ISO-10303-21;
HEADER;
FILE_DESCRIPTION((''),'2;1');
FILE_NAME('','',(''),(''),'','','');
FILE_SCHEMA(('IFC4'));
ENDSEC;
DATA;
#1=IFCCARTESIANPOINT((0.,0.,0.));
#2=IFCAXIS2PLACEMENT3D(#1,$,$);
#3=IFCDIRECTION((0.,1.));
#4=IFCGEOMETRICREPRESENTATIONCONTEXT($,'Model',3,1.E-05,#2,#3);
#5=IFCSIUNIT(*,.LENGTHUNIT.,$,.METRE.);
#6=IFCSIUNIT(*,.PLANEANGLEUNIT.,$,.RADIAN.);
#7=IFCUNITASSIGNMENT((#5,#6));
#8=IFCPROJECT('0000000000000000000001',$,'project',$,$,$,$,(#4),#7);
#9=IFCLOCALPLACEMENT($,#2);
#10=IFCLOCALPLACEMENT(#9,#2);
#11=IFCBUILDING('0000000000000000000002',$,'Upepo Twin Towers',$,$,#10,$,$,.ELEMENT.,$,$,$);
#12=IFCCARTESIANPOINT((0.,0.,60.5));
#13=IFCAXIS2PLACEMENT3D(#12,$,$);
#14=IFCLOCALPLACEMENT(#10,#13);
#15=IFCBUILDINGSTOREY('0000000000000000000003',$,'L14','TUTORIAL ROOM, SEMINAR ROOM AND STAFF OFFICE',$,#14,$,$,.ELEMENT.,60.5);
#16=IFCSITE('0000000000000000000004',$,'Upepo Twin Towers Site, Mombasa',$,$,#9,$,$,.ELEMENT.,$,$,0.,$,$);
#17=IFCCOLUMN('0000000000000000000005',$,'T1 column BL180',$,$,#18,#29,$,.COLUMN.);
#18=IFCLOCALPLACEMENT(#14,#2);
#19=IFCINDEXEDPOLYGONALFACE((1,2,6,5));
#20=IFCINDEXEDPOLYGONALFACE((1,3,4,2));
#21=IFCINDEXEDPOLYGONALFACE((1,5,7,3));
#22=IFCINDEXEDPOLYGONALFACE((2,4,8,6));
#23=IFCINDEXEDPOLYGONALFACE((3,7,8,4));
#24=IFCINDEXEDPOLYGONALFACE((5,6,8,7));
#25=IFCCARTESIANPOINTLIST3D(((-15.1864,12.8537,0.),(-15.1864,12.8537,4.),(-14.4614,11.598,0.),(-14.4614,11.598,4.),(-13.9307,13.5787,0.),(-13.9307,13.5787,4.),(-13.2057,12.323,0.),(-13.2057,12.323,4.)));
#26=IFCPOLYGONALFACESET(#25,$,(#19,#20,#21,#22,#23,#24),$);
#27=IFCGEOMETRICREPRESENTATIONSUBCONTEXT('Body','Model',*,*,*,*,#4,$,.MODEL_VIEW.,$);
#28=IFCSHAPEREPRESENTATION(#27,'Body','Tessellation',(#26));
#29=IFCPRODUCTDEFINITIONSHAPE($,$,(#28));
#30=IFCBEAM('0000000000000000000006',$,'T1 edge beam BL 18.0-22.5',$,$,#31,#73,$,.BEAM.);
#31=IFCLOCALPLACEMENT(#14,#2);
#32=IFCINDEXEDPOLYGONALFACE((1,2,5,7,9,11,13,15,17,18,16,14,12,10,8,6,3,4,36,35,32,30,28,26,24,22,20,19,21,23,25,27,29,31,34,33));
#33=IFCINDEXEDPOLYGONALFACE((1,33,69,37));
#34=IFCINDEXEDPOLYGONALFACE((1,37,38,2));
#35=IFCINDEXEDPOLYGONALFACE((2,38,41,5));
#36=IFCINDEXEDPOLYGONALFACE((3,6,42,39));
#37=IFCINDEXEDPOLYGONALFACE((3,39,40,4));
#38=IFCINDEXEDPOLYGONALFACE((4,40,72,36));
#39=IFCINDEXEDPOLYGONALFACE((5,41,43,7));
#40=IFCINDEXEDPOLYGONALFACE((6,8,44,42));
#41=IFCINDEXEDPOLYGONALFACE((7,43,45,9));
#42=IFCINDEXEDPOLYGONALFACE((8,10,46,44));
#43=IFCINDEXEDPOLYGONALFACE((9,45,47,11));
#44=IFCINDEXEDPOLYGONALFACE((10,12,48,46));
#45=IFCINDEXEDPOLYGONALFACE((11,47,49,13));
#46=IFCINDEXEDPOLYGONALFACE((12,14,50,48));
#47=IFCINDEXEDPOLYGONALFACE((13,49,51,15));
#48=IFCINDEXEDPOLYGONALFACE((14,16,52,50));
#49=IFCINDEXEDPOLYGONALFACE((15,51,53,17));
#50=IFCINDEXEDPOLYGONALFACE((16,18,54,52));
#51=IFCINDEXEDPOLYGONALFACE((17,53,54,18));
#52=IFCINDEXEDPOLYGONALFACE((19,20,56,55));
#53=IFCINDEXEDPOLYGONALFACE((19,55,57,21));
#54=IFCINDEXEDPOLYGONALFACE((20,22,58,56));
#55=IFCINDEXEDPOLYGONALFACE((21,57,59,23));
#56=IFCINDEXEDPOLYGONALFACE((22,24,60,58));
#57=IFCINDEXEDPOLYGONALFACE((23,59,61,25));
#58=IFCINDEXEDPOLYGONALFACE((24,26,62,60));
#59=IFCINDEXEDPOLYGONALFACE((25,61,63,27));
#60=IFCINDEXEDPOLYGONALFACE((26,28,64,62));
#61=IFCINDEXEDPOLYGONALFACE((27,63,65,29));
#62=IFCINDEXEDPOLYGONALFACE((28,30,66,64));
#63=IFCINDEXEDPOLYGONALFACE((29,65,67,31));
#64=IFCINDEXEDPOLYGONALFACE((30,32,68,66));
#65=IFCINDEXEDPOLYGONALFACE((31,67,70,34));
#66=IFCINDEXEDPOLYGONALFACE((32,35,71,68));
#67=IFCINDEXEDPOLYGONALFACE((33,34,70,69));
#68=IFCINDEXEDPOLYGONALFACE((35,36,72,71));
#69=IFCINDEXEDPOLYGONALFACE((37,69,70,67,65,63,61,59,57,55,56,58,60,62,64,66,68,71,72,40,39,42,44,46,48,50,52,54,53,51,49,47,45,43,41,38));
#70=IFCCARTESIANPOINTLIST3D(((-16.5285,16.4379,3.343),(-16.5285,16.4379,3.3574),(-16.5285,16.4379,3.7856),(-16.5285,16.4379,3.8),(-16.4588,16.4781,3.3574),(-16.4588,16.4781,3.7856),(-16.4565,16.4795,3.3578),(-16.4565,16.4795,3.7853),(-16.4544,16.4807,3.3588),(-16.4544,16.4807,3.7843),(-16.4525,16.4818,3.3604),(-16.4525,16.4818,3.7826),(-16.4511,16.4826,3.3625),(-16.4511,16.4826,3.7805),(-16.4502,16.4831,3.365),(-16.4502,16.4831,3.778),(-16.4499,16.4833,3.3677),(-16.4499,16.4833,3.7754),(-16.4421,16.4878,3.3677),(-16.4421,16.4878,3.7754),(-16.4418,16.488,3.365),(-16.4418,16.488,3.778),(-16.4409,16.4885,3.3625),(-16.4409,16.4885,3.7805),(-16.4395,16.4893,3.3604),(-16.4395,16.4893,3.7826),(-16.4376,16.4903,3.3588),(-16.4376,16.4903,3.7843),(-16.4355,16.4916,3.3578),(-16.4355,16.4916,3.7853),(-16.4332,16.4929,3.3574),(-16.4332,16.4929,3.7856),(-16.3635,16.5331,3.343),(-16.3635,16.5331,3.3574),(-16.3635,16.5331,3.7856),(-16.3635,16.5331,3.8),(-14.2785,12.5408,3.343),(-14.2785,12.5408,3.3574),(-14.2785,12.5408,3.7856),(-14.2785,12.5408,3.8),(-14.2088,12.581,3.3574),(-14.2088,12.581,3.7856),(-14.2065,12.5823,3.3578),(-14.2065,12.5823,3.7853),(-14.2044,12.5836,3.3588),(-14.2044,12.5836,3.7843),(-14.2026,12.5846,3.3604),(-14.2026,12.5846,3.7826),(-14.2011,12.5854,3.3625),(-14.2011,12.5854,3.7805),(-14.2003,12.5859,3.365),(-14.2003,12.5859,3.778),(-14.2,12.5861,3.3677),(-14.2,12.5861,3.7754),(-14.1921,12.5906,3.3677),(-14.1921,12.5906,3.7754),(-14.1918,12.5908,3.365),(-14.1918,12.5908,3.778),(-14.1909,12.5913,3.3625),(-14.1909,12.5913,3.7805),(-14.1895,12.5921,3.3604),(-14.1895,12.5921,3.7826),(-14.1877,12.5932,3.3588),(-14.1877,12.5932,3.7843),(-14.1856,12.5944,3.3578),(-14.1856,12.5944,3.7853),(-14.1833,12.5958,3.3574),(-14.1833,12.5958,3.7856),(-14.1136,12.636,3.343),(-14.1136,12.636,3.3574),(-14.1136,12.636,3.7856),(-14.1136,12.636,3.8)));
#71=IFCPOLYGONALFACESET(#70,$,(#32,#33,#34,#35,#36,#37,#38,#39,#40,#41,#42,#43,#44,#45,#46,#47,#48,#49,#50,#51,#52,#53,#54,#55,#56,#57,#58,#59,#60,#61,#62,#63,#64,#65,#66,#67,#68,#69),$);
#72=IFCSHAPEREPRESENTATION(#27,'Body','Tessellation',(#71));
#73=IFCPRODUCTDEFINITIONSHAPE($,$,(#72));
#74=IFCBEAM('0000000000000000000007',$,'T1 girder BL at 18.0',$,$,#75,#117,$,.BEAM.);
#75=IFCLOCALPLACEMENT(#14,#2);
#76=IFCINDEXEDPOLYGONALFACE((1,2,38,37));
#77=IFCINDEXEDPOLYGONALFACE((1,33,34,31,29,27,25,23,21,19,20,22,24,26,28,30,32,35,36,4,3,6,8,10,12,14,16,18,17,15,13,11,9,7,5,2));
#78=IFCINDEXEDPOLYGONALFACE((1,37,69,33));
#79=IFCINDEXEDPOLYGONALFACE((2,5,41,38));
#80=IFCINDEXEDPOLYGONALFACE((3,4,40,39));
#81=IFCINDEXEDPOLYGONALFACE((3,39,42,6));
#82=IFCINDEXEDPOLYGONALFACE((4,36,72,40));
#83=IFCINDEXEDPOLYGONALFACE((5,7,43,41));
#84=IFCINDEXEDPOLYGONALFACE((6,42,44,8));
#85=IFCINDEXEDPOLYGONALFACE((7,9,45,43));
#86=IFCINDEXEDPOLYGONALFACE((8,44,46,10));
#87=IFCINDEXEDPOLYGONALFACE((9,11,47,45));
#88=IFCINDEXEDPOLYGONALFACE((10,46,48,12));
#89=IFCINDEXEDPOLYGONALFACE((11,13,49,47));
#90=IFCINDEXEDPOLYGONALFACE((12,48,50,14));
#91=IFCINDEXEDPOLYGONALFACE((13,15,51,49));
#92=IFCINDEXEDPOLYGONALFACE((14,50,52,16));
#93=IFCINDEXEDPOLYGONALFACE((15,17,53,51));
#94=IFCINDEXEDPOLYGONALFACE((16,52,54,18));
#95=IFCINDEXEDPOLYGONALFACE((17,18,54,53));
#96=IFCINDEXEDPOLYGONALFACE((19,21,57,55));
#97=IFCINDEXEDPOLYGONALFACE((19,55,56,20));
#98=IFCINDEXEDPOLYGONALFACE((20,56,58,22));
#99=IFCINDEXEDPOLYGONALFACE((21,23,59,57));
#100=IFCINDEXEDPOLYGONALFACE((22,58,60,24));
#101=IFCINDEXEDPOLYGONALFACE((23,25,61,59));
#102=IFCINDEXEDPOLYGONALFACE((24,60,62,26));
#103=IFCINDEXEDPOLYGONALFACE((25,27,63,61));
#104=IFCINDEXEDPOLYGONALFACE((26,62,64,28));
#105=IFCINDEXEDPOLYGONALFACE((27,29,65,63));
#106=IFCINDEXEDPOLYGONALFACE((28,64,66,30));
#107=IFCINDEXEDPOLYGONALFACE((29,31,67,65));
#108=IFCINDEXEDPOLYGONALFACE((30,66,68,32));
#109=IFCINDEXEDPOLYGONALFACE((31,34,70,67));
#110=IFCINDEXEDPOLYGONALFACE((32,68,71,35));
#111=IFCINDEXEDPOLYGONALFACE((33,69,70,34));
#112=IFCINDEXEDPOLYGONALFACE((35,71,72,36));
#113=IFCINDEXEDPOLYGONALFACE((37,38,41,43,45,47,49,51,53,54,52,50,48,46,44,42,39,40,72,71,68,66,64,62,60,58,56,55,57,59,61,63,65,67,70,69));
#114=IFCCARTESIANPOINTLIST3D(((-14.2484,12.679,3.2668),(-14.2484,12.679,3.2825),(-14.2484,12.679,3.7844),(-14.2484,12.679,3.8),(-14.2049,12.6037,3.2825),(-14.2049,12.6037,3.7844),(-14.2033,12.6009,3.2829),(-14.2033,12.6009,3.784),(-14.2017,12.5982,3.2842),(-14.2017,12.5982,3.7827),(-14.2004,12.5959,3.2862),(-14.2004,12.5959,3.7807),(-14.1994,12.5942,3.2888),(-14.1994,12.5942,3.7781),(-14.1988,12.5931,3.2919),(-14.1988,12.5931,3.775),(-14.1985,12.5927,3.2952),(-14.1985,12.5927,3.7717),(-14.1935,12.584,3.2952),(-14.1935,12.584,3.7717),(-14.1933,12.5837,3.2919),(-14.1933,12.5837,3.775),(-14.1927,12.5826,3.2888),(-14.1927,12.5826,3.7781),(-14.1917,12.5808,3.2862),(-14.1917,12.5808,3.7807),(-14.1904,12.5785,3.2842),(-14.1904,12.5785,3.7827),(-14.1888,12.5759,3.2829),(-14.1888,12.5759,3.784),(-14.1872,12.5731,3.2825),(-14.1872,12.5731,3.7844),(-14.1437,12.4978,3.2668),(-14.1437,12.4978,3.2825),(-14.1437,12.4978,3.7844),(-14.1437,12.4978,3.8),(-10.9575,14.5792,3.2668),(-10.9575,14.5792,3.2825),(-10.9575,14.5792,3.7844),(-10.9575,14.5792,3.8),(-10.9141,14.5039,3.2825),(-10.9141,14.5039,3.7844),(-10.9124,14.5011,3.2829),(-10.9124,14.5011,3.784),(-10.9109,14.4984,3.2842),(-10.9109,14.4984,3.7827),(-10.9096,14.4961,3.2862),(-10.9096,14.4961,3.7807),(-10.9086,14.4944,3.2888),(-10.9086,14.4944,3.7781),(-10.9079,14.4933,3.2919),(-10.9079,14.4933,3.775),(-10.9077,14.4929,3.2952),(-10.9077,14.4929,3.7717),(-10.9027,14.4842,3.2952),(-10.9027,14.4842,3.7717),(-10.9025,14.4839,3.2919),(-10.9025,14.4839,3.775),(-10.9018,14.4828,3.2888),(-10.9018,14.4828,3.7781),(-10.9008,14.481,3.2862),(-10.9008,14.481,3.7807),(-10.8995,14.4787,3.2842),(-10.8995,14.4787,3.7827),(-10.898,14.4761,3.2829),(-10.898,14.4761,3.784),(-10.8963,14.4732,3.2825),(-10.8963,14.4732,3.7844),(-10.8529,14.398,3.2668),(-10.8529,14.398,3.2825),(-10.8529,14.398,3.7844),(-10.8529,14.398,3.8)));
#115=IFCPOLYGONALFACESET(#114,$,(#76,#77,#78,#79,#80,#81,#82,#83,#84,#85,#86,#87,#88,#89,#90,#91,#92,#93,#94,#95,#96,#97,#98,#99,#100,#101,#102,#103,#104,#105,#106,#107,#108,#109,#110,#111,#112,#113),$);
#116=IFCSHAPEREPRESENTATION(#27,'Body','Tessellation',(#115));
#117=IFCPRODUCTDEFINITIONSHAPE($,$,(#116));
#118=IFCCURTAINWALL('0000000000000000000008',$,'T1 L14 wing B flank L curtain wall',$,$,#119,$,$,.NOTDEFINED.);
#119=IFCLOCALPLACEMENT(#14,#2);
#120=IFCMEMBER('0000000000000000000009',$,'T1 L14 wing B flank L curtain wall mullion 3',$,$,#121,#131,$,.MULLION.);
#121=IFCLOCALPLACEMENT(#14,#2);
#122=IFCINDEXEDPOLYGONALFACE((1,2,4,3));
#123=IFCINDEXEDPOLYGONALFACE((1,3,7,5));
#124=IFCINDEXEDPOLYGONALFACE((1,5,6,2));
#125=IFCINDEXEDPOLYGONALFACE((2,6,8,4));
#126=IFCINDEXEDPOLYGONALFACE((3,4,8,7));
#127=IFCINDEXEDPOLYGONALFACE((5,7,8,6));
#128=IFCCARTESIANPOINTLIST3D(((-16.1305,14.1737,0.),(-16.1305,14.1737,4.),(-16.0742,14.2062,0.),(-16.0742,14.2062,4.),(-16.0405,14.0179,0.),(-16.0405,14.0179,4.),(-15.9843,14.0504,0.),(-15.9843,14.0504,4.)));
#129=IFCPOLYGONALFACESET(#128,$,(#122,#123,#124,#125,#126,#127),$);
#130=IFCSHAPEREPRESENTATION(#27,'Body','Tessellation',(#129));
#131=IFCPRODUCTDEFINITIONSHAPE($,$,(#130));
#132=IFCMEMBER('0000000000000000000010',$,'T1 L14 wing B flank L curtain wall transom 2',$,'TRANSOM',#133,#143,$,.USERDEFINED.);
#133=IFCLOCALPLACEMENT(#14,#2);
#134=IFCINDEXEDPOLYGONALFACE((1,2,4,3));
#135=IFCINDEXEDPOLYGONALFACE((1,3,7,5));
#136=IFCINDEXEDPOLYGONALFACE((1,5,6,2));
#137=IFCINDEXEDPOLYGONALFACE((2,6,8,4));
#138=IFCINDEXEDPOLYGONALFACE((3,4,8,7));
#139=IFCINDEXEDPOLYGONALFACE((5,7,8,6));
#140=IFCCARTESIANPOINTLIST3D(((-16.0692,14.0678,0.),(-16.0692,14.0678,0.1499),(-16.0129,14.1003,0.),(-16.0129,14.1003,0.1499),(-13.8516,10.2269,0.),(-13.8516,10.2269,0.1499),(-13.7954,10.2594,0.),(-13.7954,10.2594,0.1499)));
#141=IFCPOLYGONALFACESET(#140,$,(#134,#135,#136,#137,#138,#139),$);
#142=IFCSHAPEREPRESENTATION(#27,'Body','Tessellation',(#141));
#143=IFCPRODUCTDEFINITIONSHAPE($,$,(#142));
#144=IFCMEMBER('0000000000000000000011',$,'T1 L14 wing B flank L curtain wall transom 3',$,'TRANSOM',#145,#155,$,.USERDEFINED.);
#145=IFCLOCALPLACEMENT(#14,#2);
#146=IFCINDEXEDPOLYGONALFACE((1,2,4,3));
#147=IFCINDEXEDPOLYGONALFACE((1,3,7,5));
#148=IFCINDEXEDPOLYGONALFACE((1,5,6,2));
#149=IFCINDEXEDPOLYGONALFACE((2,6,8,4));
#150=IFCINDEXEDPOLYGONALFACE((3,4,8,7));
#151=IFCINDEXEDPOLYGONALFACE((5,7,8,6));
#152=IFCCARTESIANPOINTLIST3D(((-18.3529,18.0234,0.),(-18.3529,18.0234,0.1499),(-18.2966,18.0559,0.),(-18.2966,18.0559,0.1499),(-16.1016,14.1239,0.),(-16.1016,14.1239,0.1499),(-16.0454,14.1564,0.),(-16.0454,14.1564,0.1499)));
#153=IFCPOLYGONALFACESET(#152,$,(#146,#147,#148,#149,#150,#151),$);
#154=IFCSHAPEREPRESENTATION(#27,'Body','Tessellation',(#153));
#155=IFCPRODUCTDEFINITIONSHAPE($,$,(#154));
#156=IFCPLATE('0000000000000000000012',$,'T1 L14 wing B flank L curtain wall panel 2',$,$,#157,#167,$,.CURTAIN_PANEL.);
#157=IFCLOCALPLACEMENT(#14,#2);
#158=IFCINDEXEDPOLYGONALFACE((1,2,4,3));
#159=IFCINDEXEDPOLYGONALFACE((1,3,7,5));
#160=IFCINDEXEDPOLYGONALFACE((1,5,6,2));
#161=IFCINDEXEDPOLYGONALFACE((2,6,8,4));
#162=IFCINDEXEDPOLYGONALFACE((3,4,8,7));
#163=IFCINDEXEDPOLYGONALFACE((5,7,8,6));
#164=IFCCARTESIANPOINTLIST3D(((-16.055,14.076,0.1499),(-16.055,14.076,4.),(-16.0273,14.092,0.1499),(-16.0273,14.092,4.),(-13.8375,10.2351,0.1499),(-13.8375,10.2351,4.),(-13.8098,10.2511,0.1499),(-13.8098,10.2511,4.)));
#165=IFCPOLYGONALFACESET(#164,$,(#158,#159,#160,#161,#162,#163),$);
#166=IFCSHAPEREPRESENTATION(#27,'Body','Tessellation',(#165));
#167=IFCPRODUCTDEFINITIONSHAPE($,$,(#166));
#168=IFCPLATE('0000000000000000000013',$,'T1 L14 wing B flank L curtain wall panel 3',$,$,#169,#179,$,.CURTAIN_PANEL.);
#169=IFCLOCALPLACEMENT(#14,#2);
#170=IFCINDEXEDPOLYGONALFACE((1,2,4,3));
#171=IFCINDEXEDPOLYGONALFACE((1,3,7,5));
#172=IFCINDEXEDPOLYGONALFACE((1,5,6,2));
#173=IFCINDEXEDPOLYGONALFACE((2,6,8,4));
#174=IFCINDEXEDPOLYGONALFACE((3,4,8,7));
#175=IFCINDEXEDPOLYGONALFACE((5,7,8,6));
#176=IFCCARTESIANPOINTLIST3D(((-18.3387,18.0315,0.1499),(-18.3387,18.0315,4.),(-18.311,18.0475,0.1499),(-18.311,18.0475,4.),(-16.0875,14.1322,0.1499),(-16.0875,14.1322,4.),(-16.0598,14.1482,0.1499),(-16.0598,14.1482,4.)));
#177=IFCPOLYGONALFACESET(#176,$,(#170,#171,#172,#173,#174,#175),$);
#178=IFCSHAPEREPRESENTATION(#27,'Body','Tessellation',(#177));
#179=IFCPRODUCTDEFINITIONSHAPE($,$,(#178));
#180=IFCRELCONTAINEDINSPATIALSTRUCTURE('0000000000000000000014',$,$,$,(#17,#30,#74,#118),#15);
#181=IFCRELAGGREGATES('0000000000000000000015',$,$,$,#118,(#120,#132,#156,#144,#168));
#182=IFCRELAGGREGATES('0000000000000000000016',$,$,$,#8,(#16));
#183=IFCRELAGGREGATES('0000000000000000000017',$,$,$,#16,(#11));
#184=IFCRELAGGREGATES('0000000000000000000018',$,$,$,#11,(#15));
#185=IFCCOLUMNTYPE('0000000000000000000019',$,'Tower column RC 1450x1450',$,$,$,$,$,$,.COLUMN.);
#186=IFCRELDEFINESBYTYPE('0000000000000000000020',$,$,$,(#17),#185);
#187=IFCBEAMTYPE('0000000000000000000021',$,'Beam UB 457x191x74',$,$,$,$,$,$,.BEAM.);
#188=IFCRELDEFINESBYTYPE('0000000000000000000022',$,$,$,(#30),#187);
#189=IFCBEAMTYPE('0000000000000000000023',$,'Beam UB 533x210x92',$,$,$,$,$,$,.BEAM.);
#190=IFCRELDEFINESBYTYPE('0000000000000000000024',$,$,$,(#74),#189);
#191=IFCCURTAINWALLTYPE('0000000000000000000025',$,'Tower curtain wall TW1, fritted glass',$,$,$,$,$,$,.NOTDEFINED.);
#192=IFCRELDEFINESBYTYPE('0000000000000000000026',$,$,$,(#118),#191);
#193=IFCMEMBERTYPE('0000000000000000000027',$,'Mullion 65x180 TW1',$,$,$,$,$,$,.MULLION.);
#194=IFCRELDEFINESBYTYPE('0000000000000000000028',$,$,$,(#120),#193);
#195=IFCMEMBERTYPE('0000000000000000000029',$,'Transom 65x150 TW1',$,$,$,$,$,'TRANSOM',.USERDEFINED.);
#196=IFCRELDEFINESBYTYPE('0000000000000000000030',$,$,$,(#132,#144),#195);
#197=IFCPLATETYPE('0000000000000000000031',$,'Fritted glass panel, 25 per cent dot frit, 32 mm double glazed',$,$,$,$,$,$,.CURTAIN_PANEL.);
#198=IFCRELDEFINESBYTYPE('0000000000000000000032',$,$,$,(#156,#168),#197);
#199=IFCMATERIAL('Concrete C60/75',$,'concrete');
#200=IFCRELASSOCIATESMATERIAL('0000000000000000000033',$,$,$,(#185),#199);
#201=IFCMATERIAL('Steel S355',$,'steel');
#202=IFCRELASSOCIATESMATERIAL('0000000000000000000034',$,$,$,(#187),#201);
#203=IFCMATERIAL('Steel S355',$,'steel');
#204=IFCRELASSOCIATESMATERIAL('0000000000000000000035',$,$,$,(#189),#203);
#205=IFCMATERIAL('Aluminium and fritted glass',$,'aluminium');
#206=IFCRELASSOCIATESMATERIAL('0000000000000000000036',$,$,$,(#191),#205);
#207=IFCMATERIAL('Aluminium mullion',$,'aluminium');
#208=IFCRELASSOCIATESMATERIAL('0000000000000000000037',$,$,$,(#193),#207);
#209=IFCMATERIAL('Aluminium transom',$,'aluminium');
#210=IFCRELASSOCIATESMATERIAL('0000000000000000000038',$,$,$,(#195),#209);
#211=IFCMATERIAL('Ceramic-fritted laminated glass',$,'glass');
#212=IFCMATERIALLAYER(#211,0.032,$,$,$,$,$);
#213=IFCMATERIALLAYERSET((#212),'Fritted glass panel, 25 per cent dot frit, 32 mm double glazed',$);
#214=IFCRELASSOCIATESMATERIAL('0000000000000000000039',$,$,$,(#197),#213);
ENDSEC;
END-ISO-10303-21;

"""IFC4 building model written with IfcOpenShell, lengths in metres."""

from ifc_helpers import new_model, si_unit, direction, frame, origin, origin_2d, place, context, subcontext, project, spatial, rectangle, i_section, extrude, material, layer, layer_set, material_profile, profile_set, type_object, element, aggregate, save


model = new_model("IFC4")

# Units and contexts
model_context = context("Model", 3, precision=1e-05, world=origin(), true_north=direction((0.0, 1.0)))
body_context = subcontext(model_context, "Body", "Model", "MODEL_VIEW")
ifc_project = project(units=[si_unit("LENGTHUNIT", "METRE"), si_unit("PLANEANGLEUNIT", "RADIAN")], contexts=[model_context])

# Site, building, storey
site_placement = place(None, origin())
site = spatial("IfcSite", under=ifc_project, at=site_placement, Name="Upepo Twin Towers Site, Mombasa", CompositionType="ELEMENT", RefElevation=0.0)
building_placement = place(site_placement, origin())
building = spatial("IfcBuilding", under=site, at=building_placement, Name="Upepo Twin Towers", CompositionType="ELEMENT")
storey_placement = place(building_placement, frame((0.0, 0.0, 60.5)))
storey = spatial("IfcBuildingStorey", under=building, at=storey_placement, Name="L14", Description="TUTORIAL ROOM, SEMINAR ROOM AND STAFF OFFICE", CompositionType="ELEMENT", Elevation=60.5)

# Column
ifc_material_1 = material(Name="Concrete C60/75", Category="concrete")
ifc_material_profile_1 = material_profile(ifc_material_1, rectangle(XDim=1.45, YDim=1.45, at=origin_2d()), Name="RC 1450x1450")
ifc_profile_set_1 = profile_set([ifc_material_profile_1], Name="Concrete C60/75")
column_type = type_object("IfcColumnType", Name="Tower column RC 1450x1450", PredefinedType="COLUMN", material=ifc_profile_set_1)
column_placement = place(storey_placement, frame((-14.196, 12.5884, 0.0), z_axis=(0.0, 0.0, 1.0), x_axis=(0.866025, 0.5, 0.0)))
element("IfcColumn", 1, at=column_placement, inside=storey, type_object=column_type, Name="T1 column BL180", PredefinedType="COLUMN", context=body_context, shape_type="SweptSolid", body=[
    extrude(rectangle(XDim=1.45, YDim=1.45, at=origin_2d()), origin(), (0.0, 0.0, 1.0), 4.0),
])

# Beams
ifc_material_2 = material(Name="Steel S355", Category="steel")
ifc_material_profile_2 = material_profile(ifc_material_2, i_section(OverallWidth=0.1904, OverallDepth=0.457, WebThickness=0.009, FlangeThickness=0.0144, FilletRadius=0.0103, at=origin_2d()), Name="UB 457x191x74")
ifc_profile_set_2 = profile_set([ifc_material_profile_2], Name="Steel S355")
beam_type_1 = type_object("IfcBeamType", Name="Beam UB 457x191x74", PredefinedType="BEAM", material=ifc_profile_set_2)
beam_1_placement = place(storey_placement, frame((-14.196, 12.5884, 3.5715), z_axis=(-0.49999, 0.866031, 0.0), x_axis=(-0.866031, -0.49999, 0.0)))
element("IfcBeam", 2, at=beam_1_placement, inside=storey, type_object=beam_type_1, Name="T1 edge beam BL 18.0-22.5", PredefinedType="BEAM", context=body_context, shape_type="SweptSolid", body=[
    extrude(i_section(OverallWidth=0.1904, OverallDepth=0.457, WebThickness=0.009, FlangeThickness=0.0144, FilletRadius=0.0103, at=origin_2d()), origin(), (0.0, 0.0, 1.0), 4.5),
])
ifc_material_3 = material(Name="Steel S355", Category="steel")
ifc_material_profile_3 = material_profile(ifc_material_3, i_section(OverallWidth=0.2092, OverallDepth=0.5332, WebThickness=0.01, FlangeThickness=0.0156, FilletRadius=0.0127, at=origin_2d()), Name="UB 533x210x92")
ifc_profile_set_3 = profile_set([ifc_material_profile_3], Name="Steel S355")
beam_type_2 = type_object("IfcBeamType", Name="Beam UB 533x210x92", PredefinedType="BEAM", material=ifc_profile_set_3)
beam_2_placement = place(storey_placement, frame((-14.196, 12.5884, 3.5334), z_axis=(0.866, 0.500043, 0.0), x_axis=(-0.500043, 0.866, 0.0)))
element("IfcBeam", 3, at=beam_2_placement, inside=storey, type_object=beam_type_2, Name="T1 girder BL at 18.0", PredefinedType="BEAM", context=body_context, shape_type="SweptSolid", body=[
    extrude(i_section(OverallWidth=0.2092, OverallDepth=0.5332, WebThickness=0.01, FlangeThickness=0.0156, FilletRadius=0.0127, at=origin_2d()), origin(), (0.0, 0.0, 1.0), 3.8),
])

# Curtain wall, members, plates
ifc_material_4 = material(Name="Aluminium and fritted glass", Category="aluminium")
curtain_wall_type = type_object("IfcCurtainWallType", Name="Tower curtain wall TW1, fritted glass", PredefinedType="NOTDEFINED", material=ifc_material_4)
curtain_wall_placement = place(storey_placement, origin())
curtain_wall = element("IfcCurtainWall", 4, at=curtain_wall_placement, inside=storey, type_object=curtain_wall_type, Name="T1 L14 wing B flank L curtain wall", PredefinedType="NOTDEFINED")
ifc_material_5 = material(Name="Aluminium mullion", Category="aluminium")
ifc_material_profile_4 = material_profile(ifc_material_5, rectangle(XDim=0.0649, YDim=0.1799, at=origin_2d()), Name="MULLION 65x180")
ifc_profile_set_4 = profile_set([ifc_material_profile_4], Name="Aluminium mullion")
member_type_1 = type_object("IfcMemberType", Name="Mullion 65x180 TW1", PredefinedType="MULLION", material=ifc_profile_set_4)
member_1_placement = place(storey_placement, frame((-16.0574, 14.1121, 0.0), z_axis=(0.0, 0.0, 1.0), x_axis=(-0.866025, -0.5, 0.0)))
member_1 = element("IfcMember", 5, at=member_1_placement, type_object=member_type_1, Name="T1 L14 wing B flank L curtain wall mullion 3", PredefinedType="MULLION", context=body_context, shape_type="SweptSolid", body=[
    extrude(rectangle(XDim=0.0649, YDim=0.1799, at=origin_2d()), origin(), (0.0, 0.0, 1.0), 4.0),
])
ifc_material_6 = material(Name="Aluminium transom", Category="aluminium")
ifc_material_profile_5 = material_profile(ifc_material_6, rectangle(XDim=0.0649, YDim=0.1499, at=origin_2d()), Name="TRANSOM 65x150")
ifc_profile_set_5 = profile_set([ifc_material_profile_5], Name="Aluminium transom")
member_type_2 = type_object("IfcMemberType", Name="Transom 65x150 TW1", ElementType="TRANSOM", PredefinedType="USERDEFINED", material=ifc_profile_set_5)
member_2_placement = place(storey_placement, frame((-13.8235, 10.2432, 0.075), z_axis=(-0.500005, 0.866022, 0.0), x_axis=(-0.866022, -0.500005, 0.0)))
member_2 = element("IfcMember", 6, at=member_2_placement, type_object=member_type_2, Name="T1 L14 wing B flank L curtain wall transom 2", ObjectType="TRANSOM", PredefinedType="USERDEFINED", context=body_context, shape_type="SweptSolid", body=[
    extrude(rectangle(XDim=0.0649, YDim=0.1499, at=origin_2d()), origin(), (0.0, 0.0, 1.0), 4.4351),
])
member_3_placement = place(storey_placement, frame((-16.0735, 14.1401, 0.075), z_axis=(-0.499982, 0.866036, 0.0), x_axis=(-0.866036, -0.499982, 0.0)))
member_3 = element("IfcMember", 7, at=member_3_placement, type_object=member_type_2, Name="T1 L14 wing B flank L curtain wall transom 3", ObjectType="TRANSOM", PredefinedType="USERDEFINED", context=body_context, shape_type="SweptSolid", body=[
    extrude(rectangle(XDim=0.0649, YDim=0.1499, at=origin_2d()), origin(), (0.0, 0.0, 1.0), 4.5027),
])
ifc_material_7 = material(Name="Ceramic-fritted laminated glass", Category="glass")
ifc_layer_1 = layer(ifc_material_7, 0.032)
ifc_layer_set_1 = layer_set([ifc_layer_1], Name="Fritted glass panel, 25 per cent dot frit, 32 mm double glazed")
plate_type = type_object("IfcPlateType", Name="Fritted glass panel, 25 per cent dot frit, 32 mm double glazed", PredefinedType="CURTAIN_PANEL", material=ifc_layer_set_1)
plate_1_placement = place(storey_placement, frame((-14.9324, 12.1636, 0.1499), z_axis=(0.0, 0.0, 1.0), x_axis=(-0.5, 0.866025, 0.0)))
plate_1 = element("IfcPlate", 8, at=plate_1_placement, type_object=plate_type, Name="T1 L14 wing B flank L curtain wall panel 2", PredefinedType="CURTAIN_PANEL", context=body_context, shape_type="SweptSolid", body=[
    extrude(rectangle(XDim=4.4351, YDim=0.032, at=origin_2d()), origin(), (0.0, 0.0, 1.0), 3.8501),
])
plate_2_placement = place(storey_placement, frame((-17.1992, 16.0898, 0.1499), z_axis=(0.0, 0.0, 1.0), x_axis=(-0.5, 0.866025, 0.0)))
plate_2 = element("IfcPlate", 9, at=plate_2_placement, type_object=plate_type, Name="T1 L14 wing B flank L curtain wall panel 3", PredefinedType="CURTAIN_PANEL", context=body_context, shape_type="SweptSolid", body=[
    extrude(rectangle(XDim=4.5024, YDim=0.032, at=origin_2d()), origin(), (0.0, 0.0, 1.0), 3.8501),
])
aggregate(curtain_wall, [member_1, member_2, plate_1, member_3, plate_2])

save(model, "model.ifc")
